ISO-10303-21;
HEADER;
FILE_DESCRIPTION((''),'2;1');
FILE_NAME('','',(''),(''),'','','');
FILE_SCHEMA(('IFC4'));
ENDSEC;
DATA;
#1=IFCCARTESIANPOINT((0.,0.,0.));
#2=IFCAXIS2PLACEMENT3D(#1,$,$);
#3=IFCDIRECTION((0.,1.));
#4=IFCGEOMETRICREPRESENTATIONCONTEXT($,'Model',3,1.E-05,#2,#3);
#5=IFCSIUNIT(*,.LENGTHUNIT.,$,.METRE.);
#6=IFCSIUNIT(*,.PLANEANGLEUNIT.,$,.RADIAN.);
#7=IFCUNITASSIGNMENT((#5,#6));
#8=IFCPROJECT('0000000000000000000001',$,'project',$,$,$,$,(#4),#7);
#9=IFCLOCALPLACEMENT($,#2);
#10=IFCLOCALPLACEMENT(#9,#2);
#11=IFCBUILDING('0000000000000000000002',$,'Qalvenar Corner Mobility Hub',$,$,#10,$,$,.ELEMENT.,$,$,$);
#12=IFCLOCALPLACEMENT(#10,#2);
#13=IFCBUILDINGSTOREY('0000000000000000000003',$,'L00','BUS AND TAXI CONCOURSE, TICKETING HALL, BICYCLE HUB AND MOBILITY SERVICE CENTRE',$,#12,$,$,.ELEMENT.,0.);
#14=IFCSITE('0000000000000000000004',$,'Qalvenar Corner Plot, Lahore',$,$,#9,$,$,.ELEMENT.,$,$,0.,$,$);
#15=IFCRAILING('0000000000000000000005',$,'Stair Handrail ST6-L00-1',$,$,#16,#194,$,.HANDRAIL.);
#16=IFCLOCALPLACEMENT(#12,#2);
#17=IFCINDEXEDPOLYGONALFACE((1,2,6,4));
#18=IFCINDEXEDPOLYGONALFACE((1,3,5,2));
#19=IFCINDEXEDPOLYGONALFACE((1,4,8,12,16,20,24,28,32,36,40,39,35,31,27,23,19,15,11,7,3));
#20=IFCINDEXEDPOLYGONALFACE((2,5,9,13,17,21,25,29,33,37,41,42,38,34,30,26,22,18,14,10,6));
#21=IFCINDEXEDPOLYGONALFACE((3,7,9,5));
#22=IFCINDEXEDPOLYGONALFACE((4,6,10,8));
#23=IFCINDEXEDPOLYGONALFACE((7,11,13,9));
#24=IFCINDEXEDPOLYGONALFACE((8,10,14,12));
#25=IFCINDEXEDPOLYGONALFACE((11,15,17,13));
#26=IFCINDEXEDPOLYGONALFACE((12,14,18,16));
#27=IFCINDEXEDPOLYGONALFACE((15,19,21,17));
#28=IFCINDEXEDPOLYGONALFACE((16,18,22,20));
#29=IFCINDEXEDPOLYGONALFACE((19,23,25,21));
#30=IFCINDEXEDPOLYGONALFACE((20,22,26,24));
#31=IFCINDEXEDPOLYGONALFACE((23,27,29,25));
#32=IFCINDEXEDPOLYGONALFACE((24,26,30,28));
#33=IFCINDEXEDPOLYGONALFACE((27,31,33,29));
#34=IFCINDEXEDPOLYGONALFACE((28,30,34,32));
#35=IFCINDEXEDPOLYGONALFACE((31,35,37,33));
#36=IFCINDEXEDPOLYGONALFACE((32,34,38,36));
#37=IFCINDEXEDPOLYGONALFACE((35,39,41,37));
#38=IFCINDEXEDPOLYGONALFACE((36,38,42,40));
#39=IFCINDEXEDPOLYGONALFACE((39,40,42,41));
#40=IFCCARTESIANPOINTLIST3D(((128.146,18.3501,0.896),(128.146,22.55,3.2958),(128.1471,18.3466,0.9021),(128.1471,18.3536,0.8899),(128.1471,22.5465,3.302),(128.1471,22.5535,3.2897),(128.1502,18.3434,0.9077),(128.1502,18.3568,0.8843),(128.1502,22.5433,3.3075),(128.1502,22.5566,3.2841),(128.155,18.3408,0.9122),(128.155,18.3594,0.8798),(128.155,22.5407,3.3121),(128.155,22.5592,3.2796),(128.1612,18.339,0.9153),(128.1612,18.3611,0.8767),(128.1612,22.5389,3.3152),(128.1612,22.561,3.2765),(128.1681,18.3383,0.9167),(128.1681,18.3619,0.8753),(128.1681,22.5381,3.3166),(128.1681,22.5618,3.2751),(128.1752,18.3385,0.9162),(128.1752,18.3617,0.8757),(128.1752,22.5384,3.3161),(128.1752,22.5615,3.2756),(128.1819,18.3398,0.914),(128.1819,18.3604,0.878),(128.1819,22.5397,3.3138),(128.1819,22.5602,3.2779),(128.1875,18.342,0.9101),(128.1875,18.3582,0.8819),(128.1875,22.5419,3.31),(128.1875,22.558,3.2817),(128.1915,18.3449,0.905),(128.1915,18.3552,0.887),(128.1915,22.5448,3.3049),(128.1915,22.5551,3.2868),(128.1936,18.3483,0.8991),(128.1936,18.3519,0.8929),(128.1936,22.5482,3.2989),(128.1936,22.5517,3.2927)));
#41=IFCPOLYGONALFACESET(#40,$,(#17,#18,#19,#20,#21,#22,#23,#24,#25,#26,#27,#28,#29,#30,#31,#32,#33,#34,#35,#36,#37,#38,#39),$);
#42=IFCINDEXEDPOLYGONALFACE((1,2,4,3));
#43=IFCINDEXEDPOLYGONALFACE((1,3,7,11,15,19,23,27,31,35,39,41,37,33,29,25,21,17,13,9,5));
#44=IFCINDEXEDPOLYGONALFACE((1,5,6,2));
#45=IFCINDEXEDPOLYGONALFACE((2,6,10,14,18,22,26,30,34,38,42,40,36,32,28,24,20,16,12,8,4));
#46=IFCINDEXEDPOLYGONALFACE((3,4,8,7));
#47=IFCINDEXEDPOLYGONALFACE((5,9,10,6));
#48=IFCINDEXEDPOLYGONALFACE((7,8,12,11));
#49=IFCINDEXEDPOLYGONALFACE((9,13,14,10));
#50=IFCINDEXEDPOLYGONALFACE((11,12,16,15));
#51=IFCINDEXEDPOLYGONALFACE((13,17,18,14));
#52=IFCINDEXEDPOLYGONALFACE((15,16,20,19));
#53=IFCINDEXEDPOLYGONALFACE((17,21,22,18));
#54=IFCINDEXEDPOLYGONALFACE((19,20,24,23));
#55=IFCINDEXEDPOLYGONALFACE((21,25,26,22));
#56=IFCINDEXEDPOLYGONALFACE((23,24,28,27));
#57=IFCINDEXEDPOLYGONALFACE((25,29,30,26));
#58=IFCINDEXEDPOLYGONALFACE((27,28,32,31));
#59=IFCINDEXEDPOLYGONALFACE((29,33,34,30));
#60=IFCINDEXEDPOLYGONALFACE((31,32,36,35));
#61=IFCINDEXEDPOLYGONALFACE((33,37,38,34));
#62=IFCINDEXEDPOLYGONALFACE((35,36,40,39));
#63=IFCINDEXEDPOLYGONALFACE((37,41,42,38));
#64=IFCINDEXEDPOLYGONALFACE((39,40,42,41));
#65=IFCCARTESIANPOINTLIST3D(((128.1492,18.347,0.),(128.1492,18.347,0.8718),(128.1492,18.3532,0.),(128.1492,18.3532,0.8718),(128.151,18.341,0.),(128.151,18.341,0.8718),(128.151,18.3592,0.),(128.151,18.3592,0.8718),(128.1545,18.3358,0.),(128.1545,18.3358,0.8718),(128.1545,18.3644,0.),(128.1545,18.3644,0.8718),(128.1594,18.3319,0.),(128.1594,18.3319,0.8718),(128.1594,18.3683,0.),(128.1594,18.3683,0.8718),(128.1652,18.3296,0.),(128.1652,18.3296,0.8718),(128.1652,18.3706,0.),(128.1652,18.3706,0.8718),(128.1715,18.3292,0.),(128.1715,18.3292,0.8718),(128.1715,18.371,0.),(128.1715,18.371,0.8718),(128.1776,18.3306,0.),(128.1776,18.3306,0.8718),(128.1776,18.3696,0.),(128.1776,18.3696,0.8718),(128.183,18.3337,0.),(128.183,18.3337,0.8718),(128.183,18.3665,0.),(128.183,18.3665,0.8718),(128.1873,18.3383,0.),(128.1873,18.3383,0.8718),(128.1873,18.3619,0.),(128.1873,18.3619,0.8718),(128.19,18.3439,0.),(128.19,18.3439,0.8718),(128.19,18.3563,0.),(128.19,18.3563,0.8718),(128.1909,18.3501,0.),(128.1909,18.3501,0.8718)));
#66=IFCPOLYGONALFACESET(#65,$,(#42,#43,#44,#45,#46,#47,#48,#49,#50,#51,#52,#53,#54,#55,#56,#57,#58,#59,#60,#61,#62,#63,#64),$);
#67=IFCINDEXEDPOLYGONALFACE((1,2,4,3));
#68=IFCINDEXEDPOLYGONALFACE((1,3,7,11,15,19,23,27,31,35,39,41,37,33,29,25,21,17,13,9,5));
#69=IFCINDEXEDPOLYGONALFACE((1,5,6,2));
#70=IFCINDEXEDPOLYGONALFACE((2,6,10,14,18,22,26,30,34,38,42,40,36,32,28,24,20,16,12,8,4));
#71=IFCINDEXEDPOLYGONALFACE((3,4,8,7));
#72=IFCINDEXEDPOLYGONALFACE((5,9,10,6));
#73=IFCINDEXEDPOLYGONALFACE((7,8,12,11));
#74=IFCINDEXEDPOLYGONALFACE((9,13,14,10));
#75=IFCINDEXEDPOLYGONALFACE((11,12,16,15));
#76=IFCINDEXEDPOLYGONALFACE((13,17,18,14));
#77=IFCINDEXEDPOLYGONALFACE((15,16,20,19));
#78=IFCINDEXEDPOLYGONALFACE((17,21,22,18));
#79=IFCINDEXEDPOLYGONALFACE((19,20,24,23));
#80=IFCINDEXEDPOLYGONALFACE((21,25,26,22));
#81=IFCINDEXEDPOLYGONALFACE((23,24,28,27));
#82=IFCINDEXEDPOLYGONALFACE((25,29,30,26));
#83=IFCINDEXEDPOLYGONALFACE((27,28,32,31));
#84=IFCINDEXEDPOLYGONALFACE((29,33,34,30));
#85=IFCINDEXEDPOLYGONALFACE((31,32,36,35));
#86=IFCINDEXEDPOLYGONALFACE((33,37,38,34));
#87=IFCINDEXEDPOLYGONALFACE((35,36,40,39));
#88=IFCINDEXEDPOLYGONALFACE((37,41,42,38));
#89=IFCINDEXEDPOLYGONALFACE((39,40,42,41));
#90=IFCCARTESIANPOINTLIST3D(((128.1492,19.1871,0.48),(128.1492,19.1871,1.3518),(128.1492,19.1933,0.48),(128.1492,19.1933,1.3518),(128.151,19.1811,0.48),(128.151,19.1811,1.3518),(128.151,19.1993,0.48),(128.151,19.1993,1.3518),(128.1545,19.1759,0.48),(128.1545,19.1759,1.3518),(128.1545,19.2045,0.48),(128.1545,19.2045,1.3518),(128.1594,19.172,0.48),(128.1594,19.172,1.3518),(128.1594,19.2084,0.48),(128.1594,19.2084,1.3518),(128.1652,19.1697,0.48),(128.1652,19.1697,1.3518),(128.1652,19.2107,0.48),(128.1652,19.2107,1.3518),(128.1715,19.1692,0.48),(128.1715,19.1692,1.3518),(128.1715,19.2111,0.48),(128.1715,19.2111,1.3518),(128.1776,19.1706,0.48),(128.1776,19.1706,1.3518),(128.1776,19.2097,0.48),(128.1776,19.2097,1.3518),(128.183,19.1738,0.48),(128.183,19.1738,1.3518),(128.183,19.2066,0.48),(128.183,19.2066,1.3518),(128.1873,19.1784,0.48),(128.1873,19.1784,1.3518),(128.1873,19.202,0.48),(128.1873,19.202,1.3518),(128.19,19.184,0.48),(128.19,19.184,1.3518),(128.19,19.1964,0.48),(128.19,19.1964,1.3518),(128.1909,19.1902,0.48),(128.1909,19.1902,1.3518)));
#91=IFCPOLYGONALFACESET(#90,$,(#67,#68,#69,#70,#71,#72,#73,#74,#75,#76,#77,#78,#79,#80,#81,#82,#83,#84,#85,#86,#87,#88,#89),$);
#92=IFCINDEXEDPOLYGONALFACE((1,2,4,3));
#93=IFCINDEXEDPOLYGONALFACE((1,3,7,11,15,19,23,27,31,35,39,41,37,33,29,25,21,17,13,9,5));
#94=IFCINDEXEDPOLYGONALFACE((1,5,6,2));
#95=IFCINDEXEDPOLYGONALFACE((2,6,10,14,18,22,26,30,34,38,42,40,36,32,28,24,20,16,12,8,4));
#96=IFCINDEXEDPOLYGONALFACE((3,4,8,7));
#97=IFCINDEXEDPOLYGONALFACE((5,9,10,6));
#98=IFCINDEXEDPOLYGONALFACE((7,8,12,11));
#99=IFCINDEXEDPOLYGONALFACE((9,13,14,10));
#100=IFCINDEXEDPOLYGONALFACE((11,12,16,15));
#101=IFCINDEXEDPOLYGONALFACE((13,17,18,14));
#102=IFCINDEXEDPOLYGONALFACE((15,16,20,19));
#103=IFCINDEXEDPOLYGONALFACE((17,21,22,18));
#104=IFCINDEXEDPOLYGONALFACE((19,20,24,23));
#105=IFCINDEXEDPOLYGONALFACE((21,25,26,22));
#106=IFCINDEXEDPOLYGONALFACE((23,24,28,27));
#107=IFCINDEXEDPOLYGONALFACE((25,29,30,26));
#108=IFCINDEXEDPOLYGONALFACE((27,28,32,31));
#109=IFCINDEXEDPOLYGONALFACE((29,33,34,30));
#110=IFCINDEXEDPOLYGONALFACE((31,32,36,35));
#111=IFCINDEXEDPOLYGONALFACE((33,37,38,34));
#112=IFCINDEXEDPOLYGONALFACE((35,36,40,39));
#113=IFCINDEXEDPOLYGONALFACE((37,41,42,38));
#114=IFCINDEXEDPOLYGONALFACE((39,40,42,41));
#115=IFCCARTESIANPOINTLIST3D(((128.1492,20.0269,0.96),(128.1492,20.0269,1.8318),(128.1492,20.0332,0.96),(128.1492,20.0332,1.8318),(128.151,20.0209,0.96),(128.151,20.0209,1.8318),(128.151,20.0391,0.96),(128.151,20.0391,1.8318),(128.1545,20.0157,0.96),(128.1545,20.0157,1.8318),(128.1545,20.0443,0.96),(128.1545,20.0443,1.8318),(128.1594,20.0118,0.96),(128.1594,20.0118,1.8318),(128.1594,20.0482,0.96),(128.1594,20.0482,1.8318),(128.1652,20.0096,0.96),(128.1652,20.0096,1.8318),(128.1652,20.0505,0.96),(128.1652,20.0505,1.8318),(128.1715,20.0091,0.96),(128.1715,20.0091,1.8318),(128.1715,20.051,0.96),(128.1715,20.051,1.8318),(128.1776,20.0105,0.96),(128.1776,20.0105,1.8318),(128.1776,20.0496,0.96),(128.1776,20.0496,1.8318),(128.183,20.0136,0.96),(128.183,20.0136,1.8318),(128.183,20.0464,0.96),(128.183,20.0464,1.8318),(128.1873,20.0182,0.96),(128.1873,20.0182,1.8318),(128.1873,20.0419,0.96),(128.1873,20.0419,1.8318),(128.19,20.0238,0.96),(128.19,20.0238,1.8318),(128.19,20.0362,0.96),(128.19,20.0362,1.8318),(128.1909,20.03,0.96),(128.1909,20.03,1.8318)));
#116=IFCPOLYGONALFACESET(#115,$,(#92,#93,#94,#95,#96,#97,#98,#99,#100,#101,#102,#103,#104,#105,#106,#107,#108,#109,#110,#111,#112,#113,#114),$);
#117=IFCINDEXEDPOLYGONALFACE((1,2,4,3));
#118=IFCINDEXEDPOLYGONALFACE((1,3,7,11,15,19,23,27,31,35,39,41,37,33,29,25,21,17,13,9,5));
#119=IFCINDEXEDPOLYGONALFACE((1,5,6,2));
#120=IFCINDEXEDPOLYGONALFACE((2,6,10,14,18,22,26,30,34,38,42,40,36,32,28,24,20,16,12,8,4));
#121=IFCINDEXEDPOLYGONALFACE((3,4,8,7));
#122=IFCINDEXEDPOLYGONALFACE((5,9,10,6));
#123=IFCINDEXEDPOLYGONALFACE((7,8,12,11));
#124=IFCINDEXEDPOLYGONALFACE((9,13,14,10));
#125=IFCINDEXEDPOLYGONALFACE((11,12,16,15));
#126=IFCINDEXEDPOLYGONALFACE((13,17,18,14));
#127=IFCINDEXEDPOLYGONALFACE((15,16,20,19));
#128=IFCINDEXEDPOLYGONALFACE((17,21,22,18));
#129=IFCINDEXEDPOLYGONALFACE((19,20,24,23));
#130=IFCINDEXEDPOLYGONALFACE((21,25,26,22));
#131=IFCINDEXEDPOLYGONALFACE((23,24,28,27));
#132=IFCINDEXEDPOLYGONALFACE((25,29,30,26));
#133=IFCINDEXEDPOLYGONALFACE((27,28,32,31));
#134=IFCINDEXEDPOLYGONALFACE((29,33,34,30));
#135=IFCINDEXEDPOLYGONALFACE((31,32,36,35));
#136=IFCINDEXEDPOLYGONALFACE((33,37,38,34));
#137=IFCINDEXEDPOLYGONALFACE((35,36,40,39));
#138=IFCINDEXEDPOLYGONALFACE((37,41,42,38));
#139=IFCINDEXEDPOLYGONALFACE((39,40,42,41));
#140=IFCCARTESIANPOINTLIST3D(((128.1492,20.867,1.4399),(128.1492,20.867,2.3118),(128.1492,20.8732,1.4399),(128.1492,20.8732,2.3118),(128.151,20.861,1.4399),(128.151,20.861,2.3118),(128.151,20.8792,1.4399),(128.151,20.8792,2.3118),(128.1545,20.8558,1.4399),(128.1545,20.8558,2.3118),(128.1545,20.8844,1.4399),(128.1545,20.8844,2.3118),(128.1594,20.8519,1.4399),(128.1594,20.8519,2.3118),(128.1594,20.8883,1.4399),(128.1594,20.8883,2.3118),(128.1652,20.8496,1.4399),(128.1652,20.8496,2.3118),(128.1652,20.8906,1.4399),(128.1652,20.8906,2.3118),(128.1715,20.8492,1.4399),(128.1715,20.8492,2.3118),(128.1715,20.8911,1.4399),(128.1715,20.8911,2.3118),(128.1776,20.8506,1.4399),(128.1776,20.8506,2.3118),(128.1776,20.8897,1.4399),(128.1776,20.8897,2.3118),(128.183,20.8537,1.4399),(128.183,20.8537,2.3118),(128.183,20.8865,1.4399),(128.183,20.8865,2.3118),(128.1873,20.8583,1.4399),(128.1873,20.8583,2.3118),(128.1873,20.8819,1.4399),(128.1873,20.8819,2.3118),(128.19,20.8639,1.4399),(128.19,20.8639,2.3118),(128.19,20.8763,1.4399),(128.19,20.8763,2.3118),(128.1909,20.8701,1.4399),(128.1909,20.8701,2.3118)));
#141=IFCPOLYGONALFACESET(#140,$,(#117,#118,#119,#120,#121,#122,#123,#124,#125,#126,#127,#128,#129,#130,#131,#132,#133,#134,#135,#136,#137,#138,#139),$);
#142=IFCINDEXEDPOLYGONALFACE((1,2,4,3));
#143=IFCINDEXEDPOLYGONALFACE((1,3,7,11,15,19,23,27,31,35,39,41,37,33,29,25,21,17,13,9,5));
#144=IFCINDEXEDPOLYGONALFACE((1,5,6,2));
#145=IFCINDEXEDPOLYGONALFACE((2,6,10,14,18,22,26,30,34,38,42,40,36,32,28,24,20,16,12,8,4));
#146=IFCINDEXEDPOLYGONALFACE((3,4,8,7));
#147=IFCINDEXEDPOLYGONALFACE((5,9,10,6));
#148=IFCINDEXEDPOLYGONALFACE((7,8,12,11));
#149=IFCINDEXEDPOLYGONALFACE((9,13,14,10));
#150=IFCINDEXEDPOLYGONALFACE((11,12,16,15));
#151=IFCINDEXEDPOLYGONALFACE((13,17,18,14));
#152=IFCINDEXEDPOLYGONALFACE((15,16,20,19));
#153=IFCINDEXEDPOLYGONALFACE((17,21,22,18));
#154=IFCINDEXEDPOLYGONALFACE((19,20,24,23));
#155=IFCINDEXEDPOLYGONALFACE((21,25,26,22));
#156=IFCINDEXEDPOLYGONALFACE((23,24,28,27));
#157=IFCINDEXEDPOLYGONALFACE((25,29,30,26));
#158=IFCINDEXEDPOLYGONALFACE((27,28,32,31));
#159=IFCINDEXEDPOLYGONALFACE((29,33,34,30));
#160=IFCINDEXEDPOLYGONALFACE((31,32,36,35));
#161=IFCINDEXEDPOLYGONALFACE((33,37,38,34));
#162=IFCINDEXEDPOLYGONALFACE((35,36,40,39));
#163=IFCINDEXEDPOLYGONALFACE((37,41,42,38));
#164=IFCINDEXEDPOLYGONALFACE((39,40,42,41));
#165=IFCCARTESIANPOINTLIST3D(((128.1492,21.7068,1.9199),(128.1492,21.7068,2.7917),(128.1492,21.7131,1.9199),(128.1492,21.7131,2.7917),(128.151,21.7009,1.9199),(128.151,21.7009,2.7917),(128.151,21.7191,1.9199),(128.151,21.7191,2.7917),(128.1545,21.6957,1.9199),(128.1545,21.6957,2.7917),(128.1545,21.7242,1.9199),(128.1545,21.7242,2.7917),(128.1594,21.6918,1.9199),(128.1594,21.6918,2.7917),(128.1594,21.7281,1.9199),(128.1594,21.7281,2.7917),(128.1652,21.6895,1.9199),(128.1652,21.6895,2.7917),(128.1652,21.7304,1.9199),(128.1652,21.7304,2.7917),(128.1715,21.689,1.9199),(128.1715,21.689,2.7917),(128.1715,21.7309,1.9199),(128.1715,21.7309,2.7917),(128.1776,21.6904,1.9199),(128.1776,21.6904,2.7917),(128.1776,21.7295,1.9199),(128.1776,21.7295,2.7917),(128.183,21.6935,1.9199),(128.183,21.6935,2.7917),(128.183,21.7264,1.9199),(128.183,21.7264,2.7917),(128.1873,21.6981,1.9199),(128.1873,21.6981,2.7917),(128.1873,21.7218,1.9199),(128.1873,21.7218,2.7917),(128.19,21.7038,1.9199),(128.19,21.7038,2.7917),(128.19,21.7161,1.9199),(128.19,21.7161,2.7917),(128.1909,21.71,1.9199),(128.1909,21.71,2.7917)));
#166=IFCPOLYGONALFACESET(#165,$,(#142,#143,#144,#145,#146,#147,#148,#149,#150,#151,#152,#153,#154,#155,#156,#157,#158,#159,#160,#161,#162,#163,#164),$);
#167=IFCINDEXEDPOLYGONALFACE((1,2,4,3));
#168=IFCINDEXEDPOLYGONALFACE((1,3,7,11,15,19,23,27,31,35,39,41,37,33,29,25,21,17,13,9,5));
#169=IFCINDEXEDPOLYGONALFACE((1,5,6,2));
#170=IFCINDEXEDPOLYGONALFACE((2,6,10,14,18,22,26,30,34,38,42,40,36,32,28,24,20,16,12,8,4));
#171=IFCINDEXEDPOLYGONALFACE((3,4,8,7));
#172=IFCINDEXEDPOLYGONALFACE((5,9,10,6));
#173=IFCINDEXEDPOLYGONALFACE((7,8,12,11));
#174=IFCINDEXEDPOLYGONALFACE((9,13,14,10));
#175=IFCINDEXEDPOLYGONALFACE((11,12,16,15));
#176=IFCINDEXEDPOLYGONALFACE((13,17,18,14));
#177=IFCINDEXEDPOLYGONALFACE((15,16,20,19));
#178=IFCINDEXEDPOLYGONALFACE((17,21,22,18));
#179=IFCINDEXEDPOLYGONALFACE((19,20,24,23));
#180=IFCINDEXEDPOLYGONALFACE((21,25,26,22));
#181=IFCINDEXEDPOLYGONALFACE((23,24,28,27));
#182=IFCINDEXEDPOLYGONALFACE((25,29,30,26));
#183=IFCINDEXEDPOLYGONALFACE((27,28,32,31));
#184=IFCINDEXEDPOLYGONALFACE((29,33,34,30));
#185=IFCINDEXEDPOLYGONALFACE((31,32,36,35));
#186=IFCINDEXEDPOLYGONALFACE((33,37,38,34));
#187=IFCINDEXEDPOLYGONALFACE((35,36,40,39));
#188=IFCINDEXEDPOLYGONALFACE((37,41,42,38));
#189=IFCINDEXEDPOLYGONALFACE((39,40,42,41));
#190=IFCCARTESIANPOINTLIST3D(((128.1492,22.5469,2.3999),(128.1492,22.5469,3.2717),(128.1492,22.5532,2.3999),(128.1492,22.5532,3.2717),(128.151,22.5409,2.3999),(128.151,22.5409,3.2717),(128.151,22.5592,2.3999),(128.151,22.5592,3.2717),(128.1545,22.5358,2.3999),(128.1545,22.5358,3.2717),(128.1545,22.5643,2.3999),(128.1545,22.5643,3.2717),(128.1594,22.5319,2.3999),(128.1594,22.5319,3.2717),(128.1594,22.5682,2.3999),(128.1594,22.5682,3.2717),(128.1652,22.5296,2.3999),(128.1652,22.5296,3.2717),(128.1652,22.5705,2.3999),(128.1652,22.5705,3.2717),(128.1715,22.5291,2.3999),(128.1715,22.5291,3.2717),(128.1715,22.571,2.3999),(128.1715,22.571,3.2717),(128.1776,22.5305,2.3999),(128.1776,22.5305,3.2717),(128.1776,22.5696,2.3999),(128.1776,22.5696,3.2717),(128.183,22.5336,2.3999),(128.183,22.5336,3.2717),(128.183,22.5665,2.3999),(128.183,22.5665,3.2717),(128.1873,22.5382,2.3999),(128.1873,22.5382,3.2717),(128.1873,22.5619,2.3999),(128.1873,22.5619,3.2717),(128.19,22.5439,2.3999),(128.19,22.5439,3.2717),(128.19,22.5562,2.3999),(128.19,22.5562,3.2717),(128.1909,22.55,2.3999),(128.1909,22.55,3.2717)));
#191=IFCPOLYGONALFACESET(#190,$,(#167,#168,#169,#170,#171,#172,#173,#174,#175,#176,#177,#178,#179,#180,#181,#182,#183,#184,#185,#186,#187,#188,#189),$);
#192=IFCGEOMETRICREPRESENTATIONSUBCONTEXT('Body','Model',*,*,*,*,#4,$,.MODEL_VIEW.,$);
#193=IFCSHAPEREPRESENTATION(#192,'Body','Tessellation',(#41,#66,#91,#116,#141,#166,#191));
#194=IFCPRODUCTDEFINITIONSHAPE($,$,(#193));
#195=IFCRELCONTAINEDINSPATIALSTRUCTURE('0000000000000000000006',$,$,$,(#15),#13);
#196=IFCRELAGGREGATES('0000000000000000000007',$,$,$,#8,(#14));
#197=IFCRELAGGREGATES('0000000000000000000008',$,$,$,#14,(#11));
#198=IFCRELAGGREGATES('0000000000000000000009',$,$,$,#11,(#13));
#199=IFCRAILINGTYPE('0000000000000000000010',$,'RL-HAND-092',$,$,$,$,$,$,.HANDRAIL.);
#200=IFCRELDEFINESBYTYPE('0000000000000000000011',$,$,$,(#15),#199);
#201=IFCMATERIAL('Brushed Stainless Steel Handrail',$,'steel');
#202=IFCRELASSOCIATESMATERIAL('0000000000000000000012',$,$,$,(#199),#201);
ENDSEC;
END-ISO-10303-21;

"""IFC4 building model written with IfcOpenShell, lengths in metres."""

from ifc_helpers import new_model, si_unit, direction, frame, origin, origin_2d, place, context, subcontext, project, spatial, circle, extrude, material, type_object, element, save


model = new_model("IFC4")

# Units and contexts
model_context = context("Model", 3, precision=1e-05, world=origin(), true_north=direction((0.0, 1.0)))
body_context = subcontext(model_context, "Body", "Model", "MODEL_VIEW")
ifc_project = project(units=[si_unit("LENGTHUNIT", "METRE"), si_unit("PLANEANGLEUNIT", "RADIAN")], contexts=[model_context])

# Site, building, storey
site_placement = place(None, origin())
site = spatial("IfcSite", under=ifc_project, at=site_placement, Name="Qalvenar Corner Plot, Lahore", CompositionType="ELEMENT", RefElevation=0.0)
building_placement = place(site_placement, origin())
building = spatial("IfcBuilding", under=site, at=building_placement, Name="Qalvenar Corner Mobility Hub", CompositionType="ELEMENT")
storey_placement = place(building_placement, origin())
storey = spatial("IfcBuildingStorey", under=building, at=storey_placement, Name="L00", Description="BUS AND TAXI CONCOURSE, TICKETING HALL, BICYCLE HUB AND MOBILITY SERVICE CENTRE", CompositionType="ELEMENT", Elevation=0.0)

# Railing
ifc_material_1 = material(Name="Brushed Stainless Steel Handrail", Category="steel")
railing_type_1 = type_object("IfcRailingType", Name="RL-HAND-092", PredefinedType="HANDRAIL", material=ifc_material_1)
railing_1_placement = place(storey_placement, frame((128.1699, 18.3501, 0.0)))
element("IfcRailing", 1, at=railing_1_placement, inside=storey, type_object=railing_type_1, Name="Stair Handrail ST6-L00-1", PredefinedType="HANDRAIL", context=body_context, shape_type="SweptSolid", body=[
    extrude(circle(Radius=0.0239, at=origin_2d()), frame((0.0, 0.0, 0.896), z_axis=(0.0, 0.868249, 0.496128), x_axis=(-1.0, 0.0, 0.0)), (0.0, 0.0, 1.0), 4.8372),
    extrude(circle(Radius=0.021, at=origin_2d()), origin(), (0.0, 0.0, 1.0), 0.8718),
    extrude(circle(Radius=0.021, at=origin_2d()), frame((0.0, 0.8401, 0.48)), (0.0, 0.0, 1.0), 0.8718),
    extrude(circle(Radius=0.021, at=origin_2d()), frame((0.0, 1.6799, 0.96)), (0.0, 0.0, 1.0), 0.8718),
    extrude(circle(Radius=0.021, at=origin_2d()), frame((0.0, 2.52, 1.4399)), (0.0, 0.0, 1.0), 0.8718),
    extrude(circle(Radius=0.021, at=origin_2d()), frame((0.0, 3.3599, 1.9199)), (0.0, 0.0, 1.0), 0.8718),
    extrude(circle(Radius=0.021, at=origin_2d()), frame((0.0, 4.2, 2.3999)), (0.0, 0.0, 1.0), 0.8718),
])

save(model, "model.ifc")
